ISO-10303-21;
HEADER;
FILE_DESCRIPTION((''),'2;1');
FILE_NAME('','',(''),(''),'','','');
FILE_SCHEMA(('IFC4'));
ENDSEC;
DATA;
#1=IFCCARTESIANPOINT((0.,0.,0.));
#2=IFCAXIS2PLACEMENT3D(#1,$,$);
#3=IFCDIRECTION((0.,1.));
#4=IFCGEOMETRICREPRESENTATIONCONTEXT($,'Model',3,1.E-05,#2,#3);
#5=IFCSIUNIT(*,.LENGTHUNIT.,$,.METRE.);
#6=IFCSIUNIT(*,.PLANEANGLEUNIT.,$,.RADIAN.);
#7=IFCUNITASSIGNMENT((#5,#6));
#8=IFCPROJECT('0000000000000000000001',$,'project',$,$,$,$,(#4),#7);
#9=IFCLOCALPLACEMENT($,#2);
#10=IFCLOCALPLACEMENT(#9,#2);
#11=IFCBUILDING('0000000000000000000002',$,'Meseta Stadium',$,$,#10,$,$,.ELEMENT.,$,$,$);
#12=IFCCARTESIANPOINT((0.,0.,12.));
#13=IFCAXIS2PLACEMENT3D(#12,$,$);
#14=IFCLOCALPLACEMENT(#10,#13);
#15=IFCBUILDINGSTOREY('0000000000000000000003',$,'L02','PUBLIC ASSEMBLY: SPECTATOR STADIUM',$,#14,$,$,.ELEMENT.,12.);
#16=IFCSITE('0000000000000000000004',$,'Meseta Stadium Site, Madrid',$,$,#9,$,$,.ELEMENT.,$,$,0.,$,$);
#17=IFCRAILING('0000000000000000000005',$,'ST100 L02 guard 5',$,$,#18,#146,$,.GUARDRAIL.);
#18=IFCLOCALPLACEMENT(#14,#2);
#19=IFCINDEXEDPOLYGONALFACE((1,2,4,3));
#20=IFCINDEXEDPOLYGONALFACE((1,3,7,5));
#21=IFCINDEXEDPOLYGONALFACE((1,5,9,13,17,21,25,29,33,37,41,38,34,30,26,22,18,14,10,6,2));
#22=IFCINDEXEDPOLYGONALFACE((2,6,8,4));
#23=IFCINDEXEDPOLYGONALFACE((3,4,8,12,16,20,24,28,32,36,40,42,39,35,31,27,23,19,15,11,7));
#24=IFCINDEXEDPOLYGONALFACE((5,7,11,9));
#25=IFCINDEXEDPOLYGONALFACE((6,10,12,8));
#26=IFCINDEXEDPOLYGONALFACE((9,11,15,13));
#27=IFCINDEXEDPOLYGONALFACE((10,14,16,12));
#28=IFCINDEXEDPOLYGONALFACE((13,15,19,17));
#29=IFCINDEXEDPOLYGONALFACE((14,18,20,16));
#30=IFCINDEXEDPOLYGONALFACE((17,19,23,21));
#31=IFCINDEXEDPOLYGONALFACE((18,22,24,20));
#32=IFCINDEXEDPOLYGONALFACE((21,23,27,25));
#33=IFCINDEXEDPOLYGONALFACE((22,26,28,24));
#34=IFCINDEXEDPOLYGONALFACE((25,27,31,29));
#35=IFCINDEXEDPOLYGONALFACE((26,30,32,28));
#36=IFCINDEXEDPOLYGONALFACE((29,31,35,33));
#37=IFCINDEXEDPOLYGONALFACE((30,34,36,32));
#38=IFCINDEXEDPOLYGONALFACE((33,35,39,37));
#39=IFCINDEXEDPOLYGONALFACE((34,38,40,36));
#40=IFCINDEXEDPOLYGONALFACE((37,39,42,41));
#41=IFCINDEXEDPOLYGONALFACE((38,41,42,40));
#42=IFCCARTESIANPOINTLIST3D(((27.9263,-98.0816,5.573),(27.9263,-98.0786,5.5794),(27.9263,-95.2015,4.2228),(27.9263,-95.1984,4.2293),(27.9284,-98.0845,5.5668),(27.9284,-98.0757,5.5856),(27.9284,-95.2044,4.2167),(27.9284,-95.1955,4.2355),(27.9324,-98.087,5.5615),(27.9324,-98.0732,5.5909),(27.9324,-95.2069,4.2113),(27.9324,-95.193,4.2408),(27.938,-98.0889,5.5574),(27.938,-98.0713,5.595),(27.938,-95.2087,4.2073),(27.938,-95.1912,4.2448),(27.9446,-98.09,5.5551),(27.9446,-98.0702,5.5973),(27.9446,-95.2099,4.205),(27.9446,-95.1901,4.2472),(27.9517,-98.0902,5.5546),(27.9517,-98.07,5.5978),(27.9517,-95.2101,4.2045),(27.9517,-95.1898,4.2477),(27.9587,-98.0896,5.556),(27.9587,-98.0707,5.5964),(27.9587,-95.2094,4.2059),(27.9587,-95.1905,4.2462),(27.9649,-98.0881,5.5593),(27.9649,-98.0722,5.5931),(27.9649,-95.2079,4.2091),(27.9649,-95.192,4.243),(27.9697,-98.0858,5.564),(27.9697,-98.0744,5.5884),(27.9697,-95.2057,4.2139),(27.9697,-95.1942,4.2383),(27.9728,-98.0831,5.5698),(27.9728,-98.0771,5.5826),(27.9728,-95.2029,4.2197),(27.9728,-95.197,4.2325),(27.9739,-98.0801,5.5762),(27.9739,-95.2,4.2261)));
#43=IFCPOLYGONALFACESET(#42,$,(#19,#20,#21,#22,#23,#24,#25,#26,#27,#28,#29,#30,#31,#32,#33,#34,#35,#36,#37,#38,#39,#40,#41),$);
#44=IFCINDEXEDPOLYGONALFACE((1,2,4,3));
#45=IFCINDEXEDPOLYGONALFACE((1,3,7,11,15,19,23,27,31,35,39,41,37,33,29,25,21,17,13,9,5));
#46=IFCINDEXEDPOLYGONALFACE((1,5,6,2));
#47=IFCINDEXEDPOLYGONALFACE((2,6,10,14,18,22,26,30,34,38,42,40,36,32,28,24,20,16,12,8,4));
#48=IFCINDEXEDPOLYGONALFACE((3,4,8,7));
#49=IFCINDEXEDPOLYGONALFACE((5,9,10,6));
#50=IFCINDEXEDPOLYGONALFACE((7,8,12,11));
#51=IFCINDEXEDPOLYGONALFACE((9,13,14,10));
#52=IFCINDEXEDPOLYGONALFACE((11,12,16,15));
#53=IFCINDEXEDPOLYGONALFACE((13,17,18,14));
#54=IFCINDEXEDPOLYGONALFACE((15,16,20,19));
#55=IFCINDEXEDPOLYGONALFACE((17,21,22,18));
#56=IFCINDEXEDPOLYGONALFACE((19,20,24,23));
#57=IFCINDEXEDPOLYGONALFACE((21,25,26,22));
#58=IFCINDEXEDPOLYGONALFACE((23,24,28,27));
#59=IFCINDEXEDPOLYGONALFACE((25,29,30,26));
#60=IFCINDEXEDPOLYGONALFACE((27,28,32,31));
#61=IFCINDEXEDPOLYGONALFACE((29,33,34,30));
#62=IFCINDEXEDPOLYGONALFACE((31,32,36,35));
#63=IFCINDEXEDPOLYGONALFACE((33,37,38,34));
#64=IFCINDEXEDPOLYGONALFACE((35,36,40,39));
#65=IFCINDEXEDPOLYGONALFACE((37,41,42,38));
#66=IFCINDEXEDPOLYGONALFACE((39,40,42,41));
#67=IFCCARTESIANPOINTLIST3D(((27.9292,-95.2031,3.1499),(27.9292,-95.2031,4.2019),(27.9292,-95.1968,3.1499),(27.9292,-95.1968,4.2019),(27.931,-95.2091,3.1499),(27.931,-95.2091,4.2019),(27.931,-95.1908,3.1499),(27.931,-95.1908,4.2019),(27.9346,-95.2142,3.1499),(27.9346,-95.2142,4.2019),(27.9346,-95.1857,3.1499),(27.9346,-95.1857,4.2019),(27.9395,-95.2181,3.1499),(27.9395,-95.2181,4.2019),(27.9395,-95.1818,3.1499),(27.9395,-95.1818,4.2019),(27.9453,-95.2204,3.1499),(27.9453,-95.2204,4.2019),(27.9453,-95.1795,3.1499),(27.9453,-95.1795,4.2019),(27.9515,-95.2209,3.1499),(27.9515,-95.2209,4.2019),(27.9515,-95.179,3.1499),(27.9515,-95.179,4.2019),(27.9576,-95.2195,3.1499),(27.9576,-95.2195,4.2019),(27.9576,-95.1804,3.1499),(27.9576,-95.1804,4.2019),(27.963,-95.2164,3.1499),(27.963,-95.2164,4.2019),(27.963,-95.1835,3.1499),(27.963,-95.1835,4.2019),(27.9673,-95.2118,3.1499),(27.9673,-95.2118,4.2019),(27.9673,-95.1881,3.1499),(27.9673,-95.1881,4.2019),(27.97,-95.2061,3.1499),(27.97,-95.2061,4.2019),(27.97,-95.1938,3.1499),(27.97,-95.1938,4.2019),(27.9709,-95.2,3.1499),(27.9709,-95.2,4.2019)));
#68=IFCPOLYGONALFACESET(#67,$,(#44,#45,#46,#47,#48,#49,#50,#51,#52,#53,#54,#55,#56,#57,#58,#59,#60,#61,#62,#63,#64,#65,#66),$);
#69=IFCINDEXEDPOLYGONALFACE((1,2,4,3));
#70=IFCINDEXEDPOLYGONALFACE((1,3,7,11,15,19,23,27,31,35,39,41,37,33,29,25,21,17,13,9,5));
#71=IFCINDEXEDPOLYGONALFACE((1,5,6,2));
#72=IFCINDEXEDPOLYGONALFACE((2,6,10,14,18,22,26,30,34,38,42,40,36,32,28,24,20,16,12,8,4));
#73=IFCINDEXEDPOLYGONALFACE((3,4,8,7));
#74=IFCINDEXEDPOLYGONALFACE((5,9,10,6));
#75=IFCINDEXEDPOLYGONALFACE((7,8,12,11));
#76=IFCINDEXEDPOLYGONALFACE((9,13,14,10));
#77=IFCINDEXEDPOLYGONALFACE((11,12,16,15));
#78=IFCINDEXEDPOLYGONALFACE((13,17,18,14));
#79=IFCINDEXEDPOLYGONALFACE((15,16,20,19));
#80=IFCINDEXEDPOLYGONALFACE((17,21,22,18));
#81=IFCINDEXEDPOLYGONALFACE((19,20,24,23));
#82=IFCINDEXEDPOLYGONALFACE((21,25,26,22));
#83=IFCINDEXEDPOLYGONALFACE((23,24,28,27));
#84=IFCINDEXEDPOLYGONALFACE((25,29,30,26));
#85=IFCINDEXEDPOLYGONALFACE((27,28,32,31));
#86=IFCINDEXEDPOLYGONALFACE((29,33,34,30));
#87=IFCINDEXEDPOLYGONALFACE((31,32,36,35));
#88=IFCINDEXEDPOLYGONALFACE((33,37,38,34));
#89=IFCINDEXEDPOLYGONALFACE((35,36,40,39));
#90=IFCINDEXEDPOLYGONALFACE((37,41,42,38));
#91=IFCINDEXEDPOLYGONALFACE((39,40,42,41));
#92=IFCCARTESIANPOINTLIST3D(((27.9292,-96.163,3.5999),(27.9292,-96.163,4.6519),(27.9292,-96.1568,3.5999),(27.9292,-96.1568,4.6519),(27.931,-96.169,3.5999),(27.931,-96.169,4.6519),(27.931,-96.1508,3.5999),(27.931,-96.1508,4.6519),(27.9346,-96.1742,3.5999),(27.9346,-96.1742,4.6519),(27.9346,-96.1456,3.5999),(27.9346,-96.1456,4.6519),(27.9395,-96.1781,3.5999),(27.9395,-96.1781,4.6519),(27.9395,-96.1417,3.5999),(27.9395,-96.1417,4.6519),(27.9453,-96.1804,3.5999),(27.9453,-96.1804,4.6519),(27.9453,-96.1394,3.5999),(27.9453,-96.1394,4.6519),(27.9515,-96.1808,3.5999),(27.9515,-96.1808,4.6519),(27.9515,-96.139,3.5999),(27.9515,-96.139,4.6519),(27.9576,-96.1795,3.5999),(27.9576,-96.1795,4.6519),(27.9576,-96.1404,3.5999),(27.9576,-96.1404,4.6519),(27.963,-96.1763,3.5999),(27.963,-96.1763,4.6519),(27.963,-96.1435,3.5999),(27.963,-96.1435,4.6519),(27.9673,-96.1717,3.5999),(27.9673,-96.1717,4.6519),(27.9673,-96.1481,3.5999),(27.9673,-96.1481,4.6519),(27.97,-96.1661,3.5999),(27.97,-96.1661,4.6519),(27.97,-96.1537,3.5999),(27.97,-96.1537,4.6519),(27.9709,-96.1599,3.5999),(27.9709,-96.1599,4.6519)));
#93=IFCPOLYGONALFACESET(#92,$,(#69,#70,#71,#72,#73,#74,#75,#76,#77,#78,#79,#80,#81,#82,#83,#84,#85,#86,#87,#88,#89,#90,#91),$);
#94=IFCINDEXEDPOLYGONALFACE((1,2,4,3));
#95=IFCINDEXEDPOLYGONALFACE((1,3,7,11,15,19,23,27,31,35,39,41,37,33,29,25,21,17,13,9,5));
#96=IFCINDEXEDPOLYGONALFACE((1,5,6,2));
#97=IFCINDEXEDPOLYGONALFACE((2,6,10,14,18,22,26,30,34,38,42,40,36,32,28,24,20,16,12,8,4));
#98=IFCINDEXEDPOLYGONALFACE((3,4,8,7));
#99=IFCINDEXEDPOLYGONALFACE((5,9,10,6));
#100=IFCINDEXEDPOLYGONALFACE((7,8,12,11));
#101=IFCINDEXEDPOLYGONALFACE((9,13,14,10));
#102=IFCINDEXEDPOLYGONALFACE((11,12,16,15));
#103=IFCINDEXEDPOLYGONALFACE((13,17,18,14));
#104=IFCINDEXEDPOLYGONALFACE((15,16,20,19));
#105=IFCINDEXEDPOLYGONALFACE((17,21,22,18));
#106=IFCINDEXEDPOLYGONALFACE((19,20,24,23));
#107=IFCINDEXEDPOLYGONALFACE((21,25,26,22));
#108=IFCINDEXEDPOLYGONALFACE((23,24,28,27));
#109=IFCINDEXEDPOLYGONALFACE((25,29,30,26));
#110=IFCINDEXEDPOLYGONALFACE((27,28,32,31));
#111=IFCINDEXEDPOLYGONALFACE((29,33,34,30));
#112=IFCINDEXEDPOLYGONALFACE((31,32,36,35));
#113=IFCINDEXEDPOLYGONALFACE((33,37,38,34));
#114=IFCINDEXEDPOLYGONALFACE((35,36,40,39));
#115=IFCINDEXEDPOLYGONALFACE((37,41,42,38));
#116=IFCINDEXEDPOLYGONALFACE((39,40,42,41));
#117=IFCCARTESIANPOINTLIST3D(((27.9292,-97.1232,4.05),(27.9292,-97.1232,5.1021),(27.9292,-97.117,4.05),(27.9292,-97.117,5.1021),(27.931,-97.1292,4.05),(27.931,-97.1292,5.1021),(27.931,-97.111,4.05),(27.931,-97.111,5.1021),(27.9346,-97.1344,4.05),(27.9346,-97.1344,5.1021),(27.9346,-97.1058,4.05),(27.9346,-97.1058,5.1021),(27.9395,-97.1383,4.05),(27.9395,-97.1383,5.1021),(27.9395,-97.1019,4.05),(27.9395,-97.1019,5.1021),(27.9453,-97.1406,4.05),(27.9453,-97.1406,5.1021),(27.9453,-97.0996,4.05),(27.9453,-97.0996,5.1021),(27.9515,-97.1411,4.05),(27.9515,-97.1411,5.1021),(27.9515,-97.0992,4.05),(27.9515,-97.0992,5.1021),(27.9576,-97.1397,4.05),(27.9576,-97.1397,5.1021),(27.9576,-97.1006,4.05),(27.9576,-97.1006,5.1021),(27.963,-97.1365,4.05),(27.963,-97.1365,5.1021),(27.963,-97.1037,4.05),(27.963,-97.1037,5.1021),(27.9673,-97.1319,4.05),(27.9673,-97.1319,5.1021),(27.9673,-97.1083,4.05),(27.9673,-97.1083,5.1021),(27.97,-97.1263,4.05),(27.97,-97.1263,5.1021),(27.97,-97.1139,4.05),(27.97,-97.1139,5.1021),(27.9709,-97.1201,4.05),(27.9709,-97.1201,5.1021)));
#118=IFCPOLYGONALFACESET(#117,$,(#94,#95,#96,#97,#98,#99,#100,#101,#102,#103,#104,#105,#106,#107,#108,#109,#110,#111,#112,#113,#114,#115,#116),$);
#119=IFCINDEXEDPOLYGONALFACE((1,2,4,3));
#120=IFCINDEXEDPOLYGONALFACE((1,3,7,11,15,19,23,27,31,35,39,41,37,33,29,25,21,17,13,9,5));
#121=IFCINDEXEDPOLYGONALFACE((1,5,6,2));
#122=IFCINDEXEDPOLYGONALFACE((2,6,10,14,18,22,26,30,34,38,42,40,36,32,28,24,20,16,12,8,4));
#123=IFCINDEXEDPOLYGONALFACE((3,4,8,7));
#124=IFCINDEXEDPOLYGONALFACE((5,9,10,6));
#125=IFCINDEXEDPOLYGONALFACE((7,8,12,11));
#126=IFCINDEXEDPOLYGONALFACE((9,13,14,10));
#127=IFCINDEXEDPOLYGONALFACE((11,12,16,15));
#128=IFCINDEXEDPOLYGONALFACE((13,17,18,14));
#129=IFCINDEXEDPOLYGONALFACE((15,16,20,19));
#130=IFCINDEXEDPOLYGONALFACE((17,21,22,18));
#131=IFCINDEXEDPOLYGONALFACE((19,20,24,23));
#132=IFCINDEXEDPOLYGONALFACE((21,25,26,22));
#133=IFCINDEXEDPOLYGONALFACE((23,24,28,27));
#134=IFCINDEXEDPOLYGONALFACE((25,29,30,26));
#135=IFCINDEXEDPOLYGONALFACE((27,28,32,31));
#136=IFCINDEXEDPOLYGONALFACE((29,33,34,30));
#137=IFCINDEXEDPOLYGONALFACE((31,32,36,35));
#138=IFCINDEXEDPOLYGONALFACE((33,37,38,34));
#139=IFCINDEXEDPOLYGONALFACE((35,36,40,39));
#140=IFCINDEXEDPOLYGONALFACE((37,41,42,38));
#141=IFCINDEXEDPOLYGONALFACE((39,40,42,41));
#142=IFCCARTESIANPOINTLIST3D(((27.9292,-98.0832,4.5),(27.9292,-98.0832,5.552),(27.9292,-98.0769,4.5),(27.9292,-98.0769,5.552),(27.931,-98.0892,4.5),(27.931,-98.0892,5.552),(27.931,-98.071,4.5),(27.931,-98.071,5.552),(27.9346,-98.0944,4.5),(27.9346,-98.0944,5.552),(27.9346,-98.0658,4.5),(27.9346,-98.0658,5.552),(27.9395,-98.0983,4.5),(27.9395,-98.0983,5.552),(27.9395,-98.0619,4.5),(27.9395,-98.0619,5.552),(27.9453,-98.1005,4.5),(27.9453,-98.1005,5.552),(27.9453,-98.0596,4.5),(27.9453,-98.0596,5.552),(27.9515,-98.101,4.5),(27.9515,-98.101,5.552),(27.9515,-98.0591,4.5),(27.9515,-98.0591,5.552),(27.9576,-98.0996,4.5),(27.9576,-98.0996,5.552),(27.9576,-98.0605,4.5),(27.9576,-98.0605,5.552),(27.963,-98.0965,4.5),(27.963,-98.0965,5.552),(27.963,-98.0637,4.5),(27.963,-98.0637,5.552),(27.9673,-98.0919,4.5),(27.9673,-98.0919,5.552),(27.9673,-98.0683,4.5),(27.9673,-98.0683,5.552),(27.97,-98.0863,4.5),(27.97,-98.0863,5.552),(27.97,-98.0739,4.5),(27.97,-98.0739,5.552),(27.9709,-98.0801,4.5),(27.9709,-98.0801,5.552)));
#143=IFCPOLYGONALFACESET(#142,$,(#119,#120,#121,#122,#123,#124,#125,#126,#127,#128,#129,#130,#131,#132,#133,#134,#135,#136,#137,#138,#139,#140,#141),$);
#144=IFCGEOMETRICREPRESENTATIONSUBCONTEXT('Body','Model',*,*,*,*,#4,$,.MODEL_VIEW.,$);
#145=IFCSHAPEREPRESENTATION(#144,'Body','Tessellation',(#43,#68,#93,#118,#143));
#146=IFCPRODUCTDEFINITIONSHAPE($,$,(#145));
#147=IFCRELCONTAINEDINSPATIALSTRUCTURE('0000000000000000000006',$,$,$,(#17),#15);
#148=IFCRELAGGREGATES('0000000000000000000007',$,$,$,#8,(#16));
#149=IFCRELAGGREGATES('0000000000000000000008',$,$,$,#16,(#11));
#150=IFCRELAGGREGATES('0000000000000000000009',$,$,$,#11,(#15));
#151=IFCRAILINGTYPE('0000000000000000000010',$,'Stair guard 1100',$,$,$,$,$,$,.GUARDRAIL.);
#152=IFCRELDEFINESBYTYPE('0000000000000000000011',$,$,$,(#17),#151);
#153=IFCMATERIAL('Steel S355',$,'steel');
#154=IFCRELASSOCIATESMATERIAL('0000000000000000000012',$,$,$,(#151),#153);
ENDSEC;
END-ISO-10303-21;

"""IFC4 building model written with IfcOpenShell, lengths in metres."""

from ifc_helpers import new_model, si_unit, direction, frame, origin, origin_2d, place, context, subcontext, project, spatial, circle, extrude, material, type_object, element, save


model = new_model("IFC4")

# Units and contexts
model_context = context("Model", 3, precision=1e-05, world=origin(), true_north=direction((0.0, 1.0)))
body_context = subcontext(model_context, "Body", "Model", "MODEL_VIEW")
ifc_project = project(units=[si_unit("LENGTHUNIT", "METRE"), si_unit("PLANEANGLEUNIT", "RADIAN")], contexts=[model_context])

# Site, building, storey
site_placement = place(None, origin())
site = spatial("IfcSite", under=ifc_project, at=site_placement, Name="Meseta Stadium Site, Madrid", CompositionType="ELEMENT", RefElevation=0.0)
building_placement = place(site_placement, origin())
building = spatial("IfcBuilding", under=site, at=building_placement, Name="Meseta Stadium", CompositionType="ELEMENT")
storey_placement = place(building_placement, frame((0.0, 0.0, 12.0)))
storey = spatial("IfcBuildingStorey", under=building, at=storey_placement, Name="L02", Description="PUBLIC ASSEMBLY: SPECTATOR STADIUM", CompositionType="ELEMENT", Elevation=12.0)

# Railing
ifc_material_1 = material(Name="Steel S355", Category="steel")
railing_type_1 = type_object("IfcRailingType", Name="Stair guard 1100", PredefinedType="GUARDRAIL", material=ifc_material_1)
railing_1_placement = place(storey_placement, frame((27.95, -95.2, 3.1499)))
element("IfcRailing", 1, at=railing_1_placement, inside=storey, type_object=railing_type_1, Name="ST100 L02 guard 5", PredefinedType="GUARDRAIL", context=body_context, shape_type="SweptSolid", body=[
    extrude(circle(Radius=0.0239, at=origin_2d()), frame((0.0, 0.0, 1.0762), z_axis=(0.0, -0.905454, 0.424444), x_axis=(1.0, 0.0, 0.0)), (0.0, 0.0, 1.0), 3.1809),
    extrude(circle(Radius=0.021, at=origin_2d()), origin(), (0.0, 0.0, 1.0), 1.052),
    extrude(circle(Radius=0.021, at=origin_2d()), frame((0.0, -0.96, 0.45)), (0.0, 0.0, 1.0), 1.052),
    extrude(circle(Radius=0.021, at=origin_2d()), frame((0.0, -1.9202, 0.9001)), (0.0, 0.0, 1.0), 1.052),
    extrude(circle(Radius=0.021, at=origin_2d()), frame((0.0, -2.8801, 1.3501)), (0.0, 0.0, 1.0), 1.052),
])

save(model, "model.ifc")
